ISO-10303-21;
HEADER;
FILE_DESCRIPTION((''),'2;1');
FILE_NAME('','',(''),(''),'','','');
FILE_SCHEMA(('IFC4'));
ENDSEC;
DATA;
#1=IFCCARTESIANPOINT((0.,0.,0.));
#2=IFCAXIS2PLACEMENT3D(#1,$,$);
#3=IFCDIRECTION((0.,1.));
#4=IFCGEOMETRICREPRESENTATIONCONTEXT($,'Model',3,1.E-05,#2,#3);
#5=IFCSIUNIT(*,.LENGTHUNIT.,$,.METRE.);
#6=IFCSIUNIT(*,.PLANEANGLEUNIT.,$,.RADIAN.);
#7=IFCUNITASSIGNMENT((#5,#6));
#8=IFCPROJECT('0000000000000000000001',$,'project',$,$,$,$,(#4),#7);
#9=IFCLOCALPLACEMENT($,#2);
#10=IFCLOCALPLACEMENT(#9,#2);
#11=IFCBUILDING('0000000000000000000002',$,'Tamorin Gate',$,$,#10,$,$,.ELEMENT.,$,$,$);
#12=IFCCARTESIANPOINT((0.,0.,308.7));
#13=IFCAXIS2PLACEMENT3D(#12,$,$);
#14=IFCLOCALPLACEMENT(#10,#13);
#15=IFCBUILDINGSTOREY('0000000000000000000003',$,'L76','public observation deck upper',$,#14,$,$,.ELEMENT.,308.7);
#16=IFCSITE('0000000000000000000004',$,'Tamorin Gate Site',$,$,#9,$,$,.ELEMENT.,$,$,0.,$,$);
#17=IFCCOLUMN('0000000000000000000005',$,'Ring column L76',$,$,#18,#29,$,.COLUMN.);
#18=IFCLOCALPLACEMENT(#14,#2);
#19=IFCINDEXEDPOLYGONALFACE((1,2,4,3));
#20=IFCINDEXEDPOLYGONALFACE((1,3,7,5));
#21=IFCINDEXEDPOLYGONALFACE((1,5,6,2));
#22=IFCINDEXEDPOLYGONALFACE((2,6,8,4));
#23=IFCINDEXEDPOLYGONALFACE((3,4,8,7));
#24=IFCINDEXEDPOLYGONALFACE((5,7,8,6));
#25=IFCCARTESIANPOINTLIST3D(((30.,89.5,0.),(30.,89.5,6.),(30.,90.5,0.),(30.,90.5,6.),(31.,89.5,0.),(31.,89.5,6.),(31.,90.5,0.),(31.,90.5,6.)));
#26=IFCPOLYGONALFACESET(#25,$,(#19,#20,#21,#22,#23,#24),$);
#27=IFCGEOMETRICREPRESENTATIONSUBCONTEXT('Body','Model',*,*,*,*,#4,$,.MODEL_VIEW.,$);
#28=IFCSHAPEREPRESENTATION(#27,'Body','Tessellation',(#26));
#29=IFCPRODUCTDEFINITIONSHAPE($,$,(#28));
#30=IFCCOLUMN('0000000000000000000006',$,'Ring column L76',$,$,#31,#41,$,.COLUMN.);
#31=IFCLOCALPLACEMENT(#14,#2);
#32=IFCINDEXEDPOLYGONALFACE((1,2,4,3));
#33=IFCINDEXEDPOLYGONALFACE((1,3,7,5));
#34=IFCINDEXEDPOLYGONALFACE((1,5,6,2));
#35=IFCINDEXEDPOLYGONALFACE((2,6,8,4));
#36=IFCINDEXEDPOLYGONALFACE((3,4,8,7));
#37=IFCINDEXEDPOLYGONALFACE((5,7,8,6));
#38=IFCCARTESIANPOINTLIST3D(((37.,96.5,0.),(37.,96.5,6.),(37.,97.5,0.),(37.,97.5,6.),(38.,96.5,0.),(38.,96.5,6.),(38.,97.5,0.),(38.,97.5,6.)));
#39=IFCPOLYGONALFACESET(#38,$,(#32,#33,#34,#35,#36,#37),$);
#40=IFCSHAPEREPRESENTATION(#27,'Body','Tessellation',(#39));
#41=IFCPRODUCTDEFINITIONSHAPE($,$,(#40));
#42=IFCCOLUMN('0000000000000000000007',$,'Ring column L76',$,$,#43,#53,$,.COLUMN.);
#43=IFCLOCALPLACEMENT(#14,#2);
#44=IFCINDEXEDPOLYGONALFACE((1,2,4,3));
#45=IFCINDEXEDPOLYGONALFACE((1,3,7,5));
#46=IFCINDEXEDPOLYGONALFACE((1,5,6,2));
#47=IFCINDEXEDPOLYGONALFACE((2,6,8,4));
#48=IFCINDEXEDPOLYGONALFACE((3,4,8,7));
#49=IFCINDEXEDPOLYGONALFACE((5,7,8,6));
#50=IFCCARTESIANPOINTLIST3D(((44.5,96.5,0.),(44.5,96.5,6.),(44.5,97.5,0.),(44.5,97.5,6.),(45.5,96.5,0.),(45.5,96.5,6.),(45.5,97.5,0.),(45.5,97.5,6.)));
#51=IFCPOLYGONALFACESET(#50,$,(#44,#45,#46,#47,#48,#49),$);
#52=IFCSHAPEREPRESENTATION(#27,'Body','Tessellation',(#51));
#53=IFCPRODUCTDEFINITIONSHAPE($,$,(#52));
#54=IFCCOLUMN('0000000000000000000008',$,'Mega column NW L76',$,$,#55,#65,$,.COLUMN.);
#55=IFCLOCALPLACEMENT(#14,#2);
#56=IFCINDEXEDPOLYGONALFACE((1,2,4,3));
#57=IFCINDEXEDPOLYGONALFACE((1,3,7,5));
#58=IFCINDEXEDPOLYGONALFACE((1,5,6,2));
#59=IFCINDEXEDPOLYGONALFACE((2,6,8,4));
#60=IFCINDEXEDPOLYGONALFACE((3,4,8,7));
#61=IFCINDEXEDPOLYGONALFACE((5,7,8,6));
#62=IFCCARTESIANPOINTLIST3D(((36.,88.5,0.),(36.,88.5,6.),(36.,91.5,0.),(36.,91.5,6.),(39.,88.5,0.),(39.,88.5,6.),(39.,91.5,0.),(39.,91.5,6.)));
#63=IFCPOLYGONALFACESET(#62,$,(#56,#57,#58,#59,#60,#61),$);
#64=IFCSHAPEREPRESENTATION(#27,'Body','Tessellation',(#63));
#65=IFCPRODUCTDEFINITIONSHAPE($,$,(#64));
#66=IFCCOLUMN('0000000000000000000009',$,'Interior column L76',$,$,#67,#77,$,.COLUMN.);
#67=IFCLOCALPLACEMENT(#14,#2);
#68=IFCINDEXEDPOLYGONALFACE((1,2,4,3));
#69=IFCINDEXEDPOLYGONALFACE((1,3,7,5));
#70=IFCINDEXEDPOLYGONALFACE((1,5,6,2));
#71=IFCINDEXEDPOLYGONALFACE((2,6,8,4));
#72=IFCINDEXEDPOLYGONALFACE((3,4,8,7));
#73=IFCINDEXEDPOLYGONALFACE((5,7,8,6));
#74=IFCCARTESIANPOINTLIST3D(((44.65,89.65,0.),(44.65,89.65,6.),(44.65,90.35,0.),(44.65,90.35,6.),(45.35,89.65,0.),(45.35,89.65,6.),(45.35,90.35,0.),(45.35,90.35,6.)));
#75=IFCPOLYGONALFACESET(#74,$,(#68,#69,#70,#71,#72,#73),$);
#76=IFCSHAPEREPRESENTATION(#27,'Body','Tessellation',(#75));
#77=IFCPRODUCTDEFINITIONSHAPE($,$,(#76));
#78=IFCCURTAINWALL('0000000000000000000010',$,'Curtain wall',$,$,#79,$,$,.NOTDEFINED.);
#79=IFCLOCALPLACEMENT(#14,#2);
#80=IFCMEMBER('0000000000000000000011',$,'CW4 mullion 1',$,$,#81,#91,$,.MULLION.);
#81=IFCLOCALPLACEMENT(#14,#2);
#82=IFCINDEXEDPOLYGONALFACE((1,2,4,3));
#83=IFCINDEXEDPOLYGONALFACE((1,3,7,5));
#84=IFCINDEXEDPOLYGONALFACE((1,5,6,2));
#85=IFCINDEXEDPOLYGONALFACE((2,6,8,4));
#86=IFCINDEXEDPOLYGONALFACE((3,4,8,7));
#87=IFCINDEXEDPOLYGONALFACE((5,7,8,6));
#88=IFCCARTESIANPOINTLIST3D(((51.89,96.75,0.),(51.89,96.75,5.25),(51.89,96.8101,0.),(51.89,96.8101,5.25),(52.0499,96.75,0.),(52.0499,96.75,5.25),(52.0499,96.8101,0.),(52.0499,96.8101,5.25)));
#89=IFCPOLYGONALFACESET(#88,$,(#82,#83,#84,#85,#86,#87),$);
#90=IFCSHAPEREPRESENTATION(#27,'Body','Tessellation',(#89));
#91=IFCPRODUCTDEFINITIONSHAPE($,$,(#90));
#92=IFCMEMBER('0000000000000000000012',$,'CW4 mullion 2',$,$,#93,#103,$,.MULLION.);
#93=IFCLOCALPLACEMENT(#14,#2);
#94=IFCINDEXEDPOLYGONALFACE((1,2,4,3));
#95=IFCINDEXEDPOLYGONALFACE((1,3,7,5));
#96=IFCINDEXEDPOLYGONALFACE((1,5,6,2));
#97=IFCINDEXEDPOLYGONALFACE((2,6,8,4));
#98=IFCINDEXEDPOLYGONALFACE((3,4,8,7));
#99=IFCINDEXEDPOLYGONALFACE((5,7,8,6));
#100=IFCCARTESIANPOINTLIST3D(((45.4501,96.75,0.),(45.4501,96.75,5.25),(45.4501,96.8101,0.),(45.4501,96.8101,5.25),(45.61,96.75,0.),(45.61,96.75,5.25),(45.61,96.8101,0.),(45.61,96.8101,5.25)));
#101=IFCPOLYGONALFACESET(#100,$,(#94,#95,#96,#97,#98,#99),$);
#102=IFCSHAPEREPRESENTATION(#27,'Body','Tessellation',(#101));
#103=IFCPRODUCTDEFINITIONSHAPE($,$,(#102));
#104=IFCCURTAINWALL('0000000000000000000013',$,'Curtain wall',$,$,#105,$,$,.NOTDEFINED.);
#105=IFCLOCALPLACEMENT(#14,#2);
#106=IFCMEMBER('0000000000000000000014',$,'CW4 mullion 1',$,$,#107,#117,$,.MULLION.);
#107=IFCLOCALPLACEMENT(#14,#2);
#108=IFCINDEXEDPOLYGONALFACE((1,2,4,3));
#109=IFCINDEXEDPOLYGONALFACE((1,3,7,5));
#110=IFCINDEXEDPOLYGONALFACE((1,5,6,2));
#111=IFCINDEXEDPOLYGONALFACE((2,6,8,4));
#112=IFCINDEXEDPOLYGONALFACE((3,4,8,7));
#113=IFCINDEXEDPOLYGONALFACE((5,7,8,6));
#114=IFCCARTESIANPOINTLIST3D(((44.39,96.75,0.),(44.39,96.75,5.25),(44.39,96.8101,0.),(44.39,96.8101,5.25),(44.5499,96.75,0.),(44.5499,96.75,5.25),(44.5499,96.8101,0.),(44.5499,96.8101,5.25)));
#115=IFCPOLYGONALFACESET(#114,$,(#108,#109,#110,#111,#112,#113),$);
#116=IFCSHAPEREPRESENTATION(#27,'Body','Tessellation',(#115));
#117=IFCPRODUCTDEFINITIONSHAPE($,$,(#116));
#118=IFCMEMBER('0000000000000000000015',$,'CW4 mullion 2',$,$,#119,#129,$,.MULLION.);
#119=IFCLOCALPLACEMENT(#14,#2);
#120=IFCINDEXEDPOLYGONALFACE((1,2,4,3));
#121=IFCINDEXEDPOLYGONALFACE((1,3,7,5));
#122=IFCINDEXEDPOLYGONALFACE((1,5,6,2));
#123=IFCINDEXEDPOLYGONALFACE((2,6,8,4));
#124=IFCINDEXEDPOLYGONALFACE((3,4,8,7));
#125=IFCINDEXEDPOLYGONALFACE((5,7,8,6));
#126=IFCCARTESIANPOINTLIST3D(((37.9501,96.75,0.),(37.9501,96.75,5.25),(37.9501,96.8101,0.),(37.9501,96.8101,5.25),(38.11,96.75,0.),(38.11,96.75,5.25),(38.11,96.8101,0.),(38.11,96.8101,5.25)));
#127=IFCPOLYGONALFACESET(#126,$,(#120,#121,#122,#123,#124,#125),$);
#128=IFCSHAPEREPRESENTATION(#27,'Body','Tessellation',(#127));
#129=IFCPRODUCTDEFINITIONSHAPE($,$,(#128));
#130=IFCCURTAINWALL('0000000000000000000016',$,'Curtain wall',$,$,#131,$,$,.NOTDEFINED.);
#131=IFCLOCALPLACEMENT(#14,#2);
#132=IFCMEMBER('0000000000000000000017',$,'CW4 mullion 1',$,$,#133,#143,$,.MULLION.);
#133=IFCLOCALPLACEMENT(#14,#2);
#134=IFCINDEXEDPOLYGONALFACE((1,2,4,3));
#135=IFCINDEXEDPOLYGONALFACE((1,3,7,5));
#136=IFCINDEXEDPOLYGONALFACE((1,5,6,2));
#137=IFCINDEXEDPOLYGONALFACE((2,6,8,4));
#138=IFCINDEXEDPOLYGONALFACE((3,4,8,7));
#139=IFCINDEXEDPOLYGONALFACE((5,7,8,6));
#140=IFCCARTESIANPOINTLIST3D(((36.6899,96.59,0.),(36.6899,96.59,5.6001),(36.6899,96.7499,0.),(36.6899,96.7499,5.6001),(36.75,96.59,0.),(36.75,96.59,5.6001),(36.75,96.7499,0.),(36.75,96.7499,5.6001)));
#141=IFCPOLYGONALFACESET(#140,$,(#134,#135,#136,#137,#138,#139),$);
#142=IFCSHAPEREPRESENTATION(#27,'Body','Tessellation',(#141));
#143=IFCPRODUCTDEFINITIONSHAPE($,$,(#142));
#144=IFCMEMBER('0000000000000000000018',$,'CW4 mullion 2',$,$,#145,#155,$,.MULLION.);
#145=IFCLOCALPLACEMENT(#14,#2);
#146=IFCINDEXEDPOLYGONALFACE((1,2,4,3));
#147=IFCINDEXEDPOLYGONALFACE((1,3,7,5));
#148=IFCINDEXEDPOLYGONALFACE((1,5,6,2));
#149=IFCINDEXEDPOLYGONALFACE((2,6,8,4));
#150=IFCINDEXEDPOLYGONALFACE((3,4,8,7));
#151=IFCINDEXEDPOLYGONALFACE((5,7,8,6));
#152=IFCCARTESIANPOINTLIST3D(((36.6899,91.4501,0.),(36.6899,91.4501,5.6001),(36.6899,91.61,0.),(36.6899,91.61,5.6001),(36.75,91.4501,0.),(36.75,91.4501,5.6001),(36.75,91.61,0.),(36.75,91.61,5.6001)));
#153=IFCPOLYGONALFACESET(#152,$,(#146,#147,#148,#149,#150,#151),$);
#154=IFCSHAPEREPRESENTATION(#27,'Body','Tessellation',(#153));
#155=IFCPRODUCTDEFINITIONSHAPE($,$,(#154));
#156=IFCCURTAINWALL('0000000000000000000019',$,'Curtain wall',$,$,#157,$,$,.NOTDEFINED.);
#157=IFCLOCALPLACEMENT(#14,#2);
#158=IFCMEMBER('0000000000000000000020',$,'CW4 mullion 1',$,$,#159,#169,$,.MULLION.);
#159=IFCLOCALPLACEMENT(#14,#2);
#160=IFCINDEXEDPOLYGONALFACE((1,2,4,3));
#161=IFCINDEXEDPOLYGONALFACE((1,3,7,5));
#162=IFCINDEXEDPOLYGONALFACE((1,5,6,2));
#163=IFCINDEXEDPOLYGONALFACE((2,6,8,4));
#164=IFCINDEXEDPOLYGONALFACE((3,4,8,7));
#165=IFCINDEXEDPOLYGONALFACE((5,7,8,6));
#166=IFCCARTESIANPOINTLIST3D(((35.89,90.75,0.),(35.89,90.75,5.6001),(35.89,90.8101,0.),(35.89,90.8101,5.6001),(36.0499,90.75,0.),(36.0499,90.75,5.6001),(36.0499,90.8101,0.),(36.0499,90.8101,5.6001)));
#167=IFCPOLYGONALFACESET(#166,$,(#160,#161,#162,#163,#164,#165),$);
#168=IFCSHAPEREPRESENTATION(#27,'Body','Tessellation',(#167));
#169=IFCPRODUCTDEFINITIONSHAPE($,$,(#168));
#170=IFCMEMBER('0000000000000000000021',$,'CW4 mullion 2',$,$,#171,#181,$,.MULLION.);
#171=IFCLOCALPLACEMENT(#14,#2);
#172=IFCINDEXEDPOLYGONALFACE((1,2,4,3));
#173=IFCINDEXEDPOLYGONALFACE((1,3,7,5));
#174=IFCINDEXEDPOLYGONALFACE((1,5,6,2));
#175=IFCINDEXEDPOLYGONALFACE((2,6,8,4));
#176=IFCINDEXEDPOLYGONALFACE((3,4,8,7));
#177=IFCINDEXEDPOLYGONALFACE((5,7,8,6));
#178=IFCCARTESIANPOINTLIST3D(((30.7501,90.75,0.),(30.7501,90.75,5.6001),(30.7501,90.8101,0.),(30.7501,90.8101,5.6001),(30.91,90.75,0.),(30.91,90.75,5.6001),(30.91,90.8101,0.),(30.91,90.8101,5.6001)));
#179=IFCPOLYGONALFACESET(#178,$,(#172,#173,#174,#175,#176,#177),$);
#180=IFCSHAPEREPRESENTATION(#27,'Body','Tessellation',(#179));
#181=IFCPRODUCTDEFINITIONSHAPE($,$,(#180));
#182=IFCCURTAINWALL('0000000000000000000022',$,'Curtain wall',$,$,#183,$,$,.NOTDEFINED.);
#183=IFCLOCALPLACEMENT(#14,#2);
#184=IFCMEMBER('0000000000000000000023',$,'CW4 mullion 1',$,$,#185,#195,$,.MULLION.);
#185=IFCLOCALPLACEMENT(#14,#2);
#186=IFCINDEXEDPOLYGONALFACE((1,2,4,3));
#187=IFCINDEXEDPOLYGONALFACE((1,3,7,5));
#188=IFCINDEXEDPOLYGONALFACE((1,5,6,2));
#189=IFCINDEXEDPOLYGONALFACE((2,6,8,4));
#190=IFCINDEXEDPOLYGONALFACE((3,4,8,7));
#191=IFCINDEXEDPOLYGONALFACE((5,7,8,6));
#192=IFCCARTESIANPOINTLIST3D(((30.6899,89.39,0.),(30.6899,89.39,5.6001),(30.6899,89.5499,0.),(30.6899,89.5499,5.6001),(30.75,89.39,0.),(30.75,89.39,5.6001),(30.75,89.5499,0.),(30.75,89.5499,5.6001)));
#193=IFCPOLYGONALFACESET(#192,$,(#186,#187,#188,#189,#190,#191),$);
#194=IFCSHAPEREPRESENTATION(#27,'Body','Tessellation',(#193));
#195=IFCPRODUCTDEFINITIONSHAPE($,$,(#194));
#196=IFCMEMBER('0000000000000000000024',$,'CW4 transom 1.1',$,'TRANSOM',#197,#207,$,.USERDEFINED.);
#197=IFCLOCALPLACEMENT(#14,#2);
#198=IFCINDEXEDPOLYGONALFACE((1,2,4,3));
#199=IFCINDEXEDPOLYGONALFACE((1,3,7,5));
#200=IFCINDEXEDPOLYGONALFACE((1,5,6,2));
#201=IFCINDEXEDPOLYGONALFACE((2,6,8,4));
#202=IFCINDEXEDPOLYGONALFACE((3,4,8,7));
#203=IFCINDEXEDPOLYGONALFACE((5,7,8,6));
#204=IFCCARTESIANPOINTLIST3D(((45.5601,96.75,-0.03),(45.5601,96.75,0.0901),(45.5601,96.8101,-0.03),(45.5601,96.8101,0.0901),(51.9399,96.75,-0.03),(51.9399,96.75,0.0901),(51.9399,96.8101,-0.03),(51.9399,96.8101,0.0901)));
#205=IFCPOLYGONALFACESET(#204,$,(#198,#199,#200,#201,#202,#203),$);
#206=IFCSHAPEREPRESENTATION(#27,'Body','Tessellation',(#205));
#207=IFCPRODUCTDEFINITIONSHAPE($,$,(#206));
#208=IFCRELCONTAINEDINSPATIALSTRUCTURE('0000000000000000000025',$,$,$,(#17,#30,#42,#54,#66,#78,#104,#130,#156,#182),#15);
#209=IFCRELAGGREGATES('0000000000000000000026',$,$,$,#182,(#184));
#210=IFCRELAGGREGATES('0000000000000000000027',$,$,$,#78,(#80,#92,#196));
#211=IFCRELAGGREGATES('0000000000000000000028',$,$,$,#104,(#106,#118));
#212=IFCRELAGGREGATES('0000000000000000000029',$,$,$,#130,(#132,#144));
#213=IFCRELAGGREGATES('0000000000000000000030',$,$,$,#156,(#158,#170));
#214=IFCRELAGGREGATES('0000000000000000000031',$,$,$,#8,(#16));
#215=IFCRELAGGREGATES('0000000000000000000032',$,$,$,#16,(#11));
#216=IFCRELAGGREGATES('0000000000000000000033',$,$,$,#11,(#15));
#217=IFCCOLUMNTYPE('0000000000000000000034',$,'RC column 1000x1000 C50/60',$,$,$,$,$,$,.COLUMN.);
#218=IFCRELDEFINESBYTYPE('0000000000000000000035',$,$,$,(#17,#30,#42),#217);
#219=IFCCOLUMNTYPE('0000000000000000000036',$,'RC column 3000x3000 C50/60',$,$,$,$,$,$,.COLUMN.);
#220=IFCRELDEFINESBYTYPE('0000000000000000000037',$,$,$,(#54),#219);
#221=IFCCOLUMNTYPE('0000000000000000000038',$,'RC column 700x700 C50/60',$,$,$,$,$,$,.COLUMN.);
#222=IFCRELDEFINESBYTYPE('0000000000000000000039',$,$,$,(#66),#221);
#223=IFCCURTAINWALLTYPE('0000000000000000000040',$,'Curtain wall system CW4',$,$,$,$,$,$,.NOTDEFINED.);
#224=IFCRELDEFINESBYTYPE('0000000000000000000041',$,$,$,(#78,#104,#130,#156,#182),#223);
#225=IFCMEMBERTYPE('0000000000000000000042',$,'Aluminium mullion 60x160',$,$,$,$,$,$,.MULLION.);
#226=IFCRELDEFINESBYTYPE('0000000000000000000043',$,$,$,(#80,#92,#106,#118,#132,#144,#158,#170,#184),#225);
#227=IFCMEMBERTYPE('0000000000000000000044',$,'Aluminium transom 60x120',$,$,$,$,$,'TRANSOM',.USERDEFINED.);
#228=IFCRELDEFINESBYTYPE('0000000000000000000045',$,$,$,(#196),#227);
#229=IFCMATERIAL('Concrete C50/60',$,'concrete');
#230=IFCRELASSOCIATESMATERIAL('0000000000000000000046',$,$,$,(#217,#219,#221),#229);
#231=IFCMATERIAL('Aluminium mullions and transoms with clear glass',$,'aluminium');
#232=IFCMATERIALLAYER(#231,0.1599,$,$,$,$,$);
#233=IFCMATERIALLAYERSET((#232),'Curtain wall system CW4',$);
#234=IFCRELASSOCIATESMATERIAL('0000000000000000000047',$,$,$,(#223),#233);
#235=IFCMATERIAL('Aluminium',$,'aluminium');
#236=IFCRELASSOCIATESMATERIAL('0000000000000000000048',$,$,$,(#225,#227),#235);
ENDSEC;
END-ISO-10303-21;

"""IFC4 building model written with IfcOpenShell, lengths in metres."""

from ifc_helpers import new_model, si_unit, direction, frame, origin, origin_2d, place, context, subcontext, project, spatial, rectangle, extrude, material, layer, layer_set, material_profile, profile_set, type_object, element, aggregate, save


model = new_model("IFC4")

# Units and contexts
model_context = context("Model", 3, precision=1e-05, world=origin(), true_north=direction((0.0, 1.0)))
body_context = subcontext(model_context, "Body", "Model", "MODEL_VIEW")
ifc_project = project(units=[si_unit("LENGTHUNIT", "METRE"), si_unit("PLANEANGLEUNIT", "RADIAN")], contexts=[model_context])

# Site, building, storey
site_placement = place(None, origin())
site = spatial("IfcSite", under=ifc_project, at=site_placement, Name="Tamorin Gate Site", CompositionType="ELEMENT", RefElevation=0.0)
building_placement = place(site_placement, origin())
building = spatial("IfcBuilding", under=site, at=building_placement, Name="Tamorin Gate", CompositionType="ELEMENT")
storey_placement = place(building_placement, frame((0.0, 0.0, 308.7)))
storey = spatial("IfcBuildingStorey", under=building, at=storey_placement, Name="L76", Description="public observation deck upper", CompositionType="ELEMENT", Elevation=308.7)

# Columns
ifc_material_1 = material(Name="Concrete C50/60", Category="concrete")
ifc_material_profile_1 = material_profile(ifc_material_1, rectangle(XDim=1.0, YDim=1.0, at=origin_2d()), Name="RC 1000x1000")
ifc_profile_set_1 = profile_set([ifc_material_profile_1], Name="Concrete C50/60")
column_type_1 = type_object("IfcColumnType", Name="RC column 1000x1000 C50/60", PredefinedType="COLUMN", material=ifc_profile_set_1)
for number, where, z_axis, x_axis, name in (
    (1, (30.5, 90.0, 0.0), (0.0, 0.0, 1.0), (1.0, 0.0, 0.0), "Ring column L76"),
    (2, (37.5, 97.0, 0.0), (0.0, 0.0, 1.0), (1.0, 0.0, 0.0), "Ring column L76"),
    (3, (45.0, 97.0, 0.0), (0.0, 0.0, 1.0), (1.0, 0.0, 0.0), "Ring column L76"),
):
    element("IfcColumn", number, at=place(storey_placement, frame(where, z_axis=z_axis, x_axis=x_axis)), inside=storey, type_object=column_type_1, Name=name, PredefinedType="COLUMN", context=body_context, shape_type="SweptSolid", body=[
        extrude(rectangle(XDim=1.0, YDim=1.0, at=origin_2d()), origin(), (0.0, 0.0, 1.0), 6.0),
    ])
ifc_material_profile_2 = material_profile(ifc_material_1, rectangle(XDim=3.0, YDim=3.0, at=origin_2d()), Name="RC 3000x3000")
ifc_profile_set_2 = profile_set([ifc_material_profile_2], Name="Concrete C50/60")
column_type_2 = type_object("IfcColumnType", Name="RC column 3000x3000 C50/60", PredefinedType="COLUMN", material=ifc_profile_set_2)
column_1_placement = place(storey_placement, frame((37.5, 90.0, 0.0), z_axis=(0.0, 0.0, 1.0), x_axis=(1.0, 0.0, 0.0)))
element("IfcColumn", 4, at=column_1_placement, inside=storey, type_object=column_type_2, Name="Mega column NW L76", PredefinedType="COLUMN", context=body_context, shape_type="SweptSolid", body=[
    extrude(rectangle(XDim=3.0, YDim=3.0, at=origin_2d()), origin(), (0.0, 0.0, 1.0), 6.0),
])
ifc_material_profile_3 = material_profile(ifc_material_1, rectangle(XDim=0.7, YDim=0.7, at=origin_2d()), Name="RC 700x700")
ifc_profile_set_3 = profile_set([ifc_material_profile_3], Name="Concrete C50/60")
column_type_3 = type_object("IfcColumnType", Name="RC column 700x700 C50/60", PredefinedType="COLUMN", material=ifc_profile_set_3)
column_2_placement = place(storey_placement, frame((45.0, 90.0, 0.0), z_axis=(0.0, 0.0, 1.0), x_axis=(1.0, 0.0, 0.0)))
element("IfcColumn", 5, at=column_2_placement, inside=storey, type_object=column_type_3, Name="Interior column L76", PredefinedType="COLUMN", context=body_context, shape_type="SweptSolid", body=[
    extrude(rectangle(XDim=0.7, YDim=0.7, at=origin_2d()), origin(), (0.0, 0.0, 1.0), 6.0),
])

# Curtain walls, members
ifc_material_2 = material(Name="Aluminium mullions and transoms with clear glass", Category="aluminium")
ifc_layer_1 = layer(ifc_material_2, 0.1599)
ifc_layer_set_1 = layer_set([ifc_layer_1], Name="Curtain wall system CW4")
curtain_wall_type = type_object("IfcCurtainWallType", Name="Curtain wall system CW4", PredefinedType="NOTDEFINED", material=ifc_layer_set_1)
curtain_wall_1_placement = place(storey_placement, origin())
curtain_wall_1 = element("IfcCurtainWall", 6, at=curtain_wall_1_placement, inside=storey, type_object=curtain_wall_type, Name="Curtain wall", PredefinedType="NOTDEFINED")
ifc_material_3 = material(Name="Aluminium", Category="aluminium")
ifc_material_profile_4 = material_profile(ifc_material_3, rectangle(XDim=0.0601, YDim=0.1599, at=origin_2d()), Name="RECT 60x160")
ifc_profile_set_4 = profile_set([ifc_material_profile_4], Name="Aluminium")
member_type_1 = type_object("IfcMemberType", Name="Aluminium mullion 60x160", PredefinedType="MULLION", material=ifc_profile_set_4)
member_1_placement = place(storey_placement, frame((51.97, 96.78, 0.0), z_axis=(0.0, 0.0, 1.0), x_axis=(0.0, -1.0, 0.0)))
member_1 = element("IfcMember", 7, at=member_1_placement, type_object=member_type_1, Name="CW4 mullion 1", PredefinedType="MULLION", context=body_context, shape_type="SweptSolid", body=[
    extrude(rectangle(XDim=0.0601, YDim=0.1599, at=origin_2d()), origin(), (0.0, 0.0, 1.0), 5.25),
])
member_2_placement = place(storey_placement, frame((45.53, 96.78, 0.0), z_axis=(0.0, 0.0, 1.0), x_axis=(0.0, -1.0, 0.0)))
member_2 = element("IfcMember", 8, at=member_2_placement, type_object=member_type_1, Name="CW4 mullion 2", PredefinedType="MULLION", context=body_context, shape_type="SweptSolid", body=[
    extrude(rectangle(XDim=0.0601, YDim=0.1599, at=origin_2d()), origin(), (0.0, 0.0, 1.0), 5.25),
])
curtain_wall_2_placement = place(storey_placement, origin())
curtain_wall_2 = element("IfcCurtainWall", 9, at=curtain_wall_2_placement, inside=storey, type_object=curtain_wall_type, Name="Curtain wall", PredefinedType="NOTDEFINED")
member_3_placement = place(storey_placement, frame((44.47, 96.78, 0.0), z_axis=(0.0, 0.0, 1.0), x_axis=(0.0, -1.0, 0.0)))
member_3 = element("IfcMember", 10, at=member_3_placement, type_object=member_type_1, Name="CW4 mullion 1", PredefinedType="MULLION", context=body_context, shape_type="SweptSolid", body=[
    extrude(rectangle(XDim=0.0601, YDim=0.1599, at=origin_2d()), origin(), (0.0, 0.0, 1.0), 5.25),
])
member_4_placement = place(storey_placement, frame((38.03, 96.78, 0.0), z_axis=(0.0, 0.0, 1.0), x_axis=(0.0, -1.0, 0.0)))
member_4 = element("IfcMember", 11, at=member_4_placement, type_object=member_type_1, Name="CW4 mullion 2", PredefinedType="MULLION", context=body_context, shape_type="SweptSolid", body=[
    extrude(rectangle(XDim=0.0601, YDim=0.1599, at=origin_2d()), origin(), (0.0, 0.0, 1.0), 5.25),
])
curtain_wall_3_placement = place(storey_placement, origin())
curtain_wall_3 = element("IfcCurtainWall", 12, at=curtain_wall_3_placement, inside=storey, type_object=curtain_wall_type, Name="Curtain wall", PredefinedType="NOTDEFINED")
member_5_placement = place(storey_placement, frame((36.72, 96.6699, 0.0), z_axis=(0.0, 0.0, 1.0), x_axis=(1.0, 0.0, 0.0)))
member_5 = element("IfcMember", 13, at=member_5_placement, type_object=member_type_1, Name="CW4 mullion 1", PredefinedType="MULLION", context=body_context, shape_type="SweptSolid", body=[
    extrude(rectangle(XDim=0.0601, YDim=0.1599, at=origin_2d()), origin(), (0.0, 0.0, 1.0), 5.6001),
])
member_6_placement = place(storey_placement, frame((36.72, 91.53, 0.0), z_axis=(0.0, 0.0, 1.0), x_axis=(1.0, 0.0, 0.0)))
member_6 = element("IfcMember", 14, at=member_6_placement, type_object=member_type_1, Name="CW4 mullion 2", PredefinedType="MULLION", context=body_context, shape_type="SweptSolid", body=[
    extrude(rectangle(XDim=0.0601, YDim=0.1599, at=origin_2d()), origin(), (0.0, 0.0, 1.0), 5.6001),
])
curtain_wall_4_placement = place(storey_placement, origin())
curtain_wall_4 = element("IfcCurtainWall", 15, at=curtain_wall_4_placement, inside=storey, type_object=curtain_wall_type, Name="Curtain wall", PredefinedType="NOTDEFINED")
member_7_placement = place(storey_placement, frame((35.97, 90.78, 0.0), z_axis=(0.0, 0.0, 1.0), x_axis=(0.0, -1.0, 0.0)))
member_7 = element("IfcMember", 16, at=member_7_placement, type_object=member_type_1, Name="CW4 mullion 1", PredefinedType="MULLION", context=body_context, shape_type="SweptSolid", body=[
    extrude(rectangle(XDim=0.0601, YDim=0.1599, at=origin_2d()), origin(), (0.0, 0.0, 1.0), 5.6001),
])
member_8_placement = place(storey_placement, frame((30.8301, 90.78, 0.0), z_axis=(0.0, 0.0, 1.0), x_axis=(0.0, -1.0, 0.0)))
member_8 = element("IfcMember", 17, at=member_8_placement, type_object=member_type_1, Name="CW4 mullion 2", PredefinedType="MULLION", context=body_context, shape_type="SweptSolid", body=[
    extrude(rectangle(XDim=0.0601, YDim=0.1599, at=origin_2d()), origin(), (0.0, 0.0, 1.0), 5.6001),
])

# Curtain wall, member
curtain_wall_5_placement = place(storey_placement, origin())
curtain_wall_5 = element("IfcCurtainWall", 18, at=curtain_wall_5_placement, inside=storey, type_object=curtain_wall_type, Name="Curtain wall", PredefinedType="NOTDEFINED")
member_9_placement = place(storey_placement, frame((30.72, 89.47, 0.0), z_axis=(0.0, 0.0, 1.0), x_axis=(1.0, 0.0, 0.0)))
member_9 = element("IfcMember", 19, at=member_9_placement, type_object=member_type_1, Name="CW4 mullion 1", PredefinedType="MULLION", context=body_context, shape_type="SweptSolid", body=[
    extrude(rectangle(XDim=0.0601, YDim=0.1599, at=origin_2d()), origin(), (0.0, 0.0, 1.0), 5.6001),
])

# Member
ifc_material_profile_5 = material_profile(ifc_material_3, rectangle(XDim=0.0601, YDim=0.1201, at=origin_2d()), Name="RECT 60x120")
ifc_profile_set_5 = profile_set([ifc_material_profile_5], Name="Aluminium")
member_type_2 = type_object("IfcMemberType", Name="Aluminium transom 60x120", ElementType="TRANSOM", PredefinedType="USERDEFINED", material=ifc_profile_set_5)
member_10_placement = place(storey_placement, frame((51.9399, 96.78, 0.03), z_axis=(-1.0, 0.0, 0.0), x_axis=(0.0, -1.0, 0.0)))
member_10 = element("IfcMember", 20, at=member_10_placement, type_object=member_type_2, Name="CW4 transom 1.1", ObjectType="TRANSOM", PredefinedType="USERDEFINED", context=body_context, shape_type="SweptSolid", body=[
    extrude(rectangle(XDim=0.0601, YDim=0.1201, at=origin_2d()), origin(), (0.0, 0.0, 1.0), 6.3799),
])
aggregate(curtain_wall_5, [member_9])

aggregate(curtain_wall_1, [member_1, member_2, member_10])
aggregate(curtain_wall_2, [member_3, member_4])
aggregate(curtain_wall_3, [member_5, member_6])
aggregate(curtain_wall_4, [member_7, member_8])

save(model, "model.ifc")
